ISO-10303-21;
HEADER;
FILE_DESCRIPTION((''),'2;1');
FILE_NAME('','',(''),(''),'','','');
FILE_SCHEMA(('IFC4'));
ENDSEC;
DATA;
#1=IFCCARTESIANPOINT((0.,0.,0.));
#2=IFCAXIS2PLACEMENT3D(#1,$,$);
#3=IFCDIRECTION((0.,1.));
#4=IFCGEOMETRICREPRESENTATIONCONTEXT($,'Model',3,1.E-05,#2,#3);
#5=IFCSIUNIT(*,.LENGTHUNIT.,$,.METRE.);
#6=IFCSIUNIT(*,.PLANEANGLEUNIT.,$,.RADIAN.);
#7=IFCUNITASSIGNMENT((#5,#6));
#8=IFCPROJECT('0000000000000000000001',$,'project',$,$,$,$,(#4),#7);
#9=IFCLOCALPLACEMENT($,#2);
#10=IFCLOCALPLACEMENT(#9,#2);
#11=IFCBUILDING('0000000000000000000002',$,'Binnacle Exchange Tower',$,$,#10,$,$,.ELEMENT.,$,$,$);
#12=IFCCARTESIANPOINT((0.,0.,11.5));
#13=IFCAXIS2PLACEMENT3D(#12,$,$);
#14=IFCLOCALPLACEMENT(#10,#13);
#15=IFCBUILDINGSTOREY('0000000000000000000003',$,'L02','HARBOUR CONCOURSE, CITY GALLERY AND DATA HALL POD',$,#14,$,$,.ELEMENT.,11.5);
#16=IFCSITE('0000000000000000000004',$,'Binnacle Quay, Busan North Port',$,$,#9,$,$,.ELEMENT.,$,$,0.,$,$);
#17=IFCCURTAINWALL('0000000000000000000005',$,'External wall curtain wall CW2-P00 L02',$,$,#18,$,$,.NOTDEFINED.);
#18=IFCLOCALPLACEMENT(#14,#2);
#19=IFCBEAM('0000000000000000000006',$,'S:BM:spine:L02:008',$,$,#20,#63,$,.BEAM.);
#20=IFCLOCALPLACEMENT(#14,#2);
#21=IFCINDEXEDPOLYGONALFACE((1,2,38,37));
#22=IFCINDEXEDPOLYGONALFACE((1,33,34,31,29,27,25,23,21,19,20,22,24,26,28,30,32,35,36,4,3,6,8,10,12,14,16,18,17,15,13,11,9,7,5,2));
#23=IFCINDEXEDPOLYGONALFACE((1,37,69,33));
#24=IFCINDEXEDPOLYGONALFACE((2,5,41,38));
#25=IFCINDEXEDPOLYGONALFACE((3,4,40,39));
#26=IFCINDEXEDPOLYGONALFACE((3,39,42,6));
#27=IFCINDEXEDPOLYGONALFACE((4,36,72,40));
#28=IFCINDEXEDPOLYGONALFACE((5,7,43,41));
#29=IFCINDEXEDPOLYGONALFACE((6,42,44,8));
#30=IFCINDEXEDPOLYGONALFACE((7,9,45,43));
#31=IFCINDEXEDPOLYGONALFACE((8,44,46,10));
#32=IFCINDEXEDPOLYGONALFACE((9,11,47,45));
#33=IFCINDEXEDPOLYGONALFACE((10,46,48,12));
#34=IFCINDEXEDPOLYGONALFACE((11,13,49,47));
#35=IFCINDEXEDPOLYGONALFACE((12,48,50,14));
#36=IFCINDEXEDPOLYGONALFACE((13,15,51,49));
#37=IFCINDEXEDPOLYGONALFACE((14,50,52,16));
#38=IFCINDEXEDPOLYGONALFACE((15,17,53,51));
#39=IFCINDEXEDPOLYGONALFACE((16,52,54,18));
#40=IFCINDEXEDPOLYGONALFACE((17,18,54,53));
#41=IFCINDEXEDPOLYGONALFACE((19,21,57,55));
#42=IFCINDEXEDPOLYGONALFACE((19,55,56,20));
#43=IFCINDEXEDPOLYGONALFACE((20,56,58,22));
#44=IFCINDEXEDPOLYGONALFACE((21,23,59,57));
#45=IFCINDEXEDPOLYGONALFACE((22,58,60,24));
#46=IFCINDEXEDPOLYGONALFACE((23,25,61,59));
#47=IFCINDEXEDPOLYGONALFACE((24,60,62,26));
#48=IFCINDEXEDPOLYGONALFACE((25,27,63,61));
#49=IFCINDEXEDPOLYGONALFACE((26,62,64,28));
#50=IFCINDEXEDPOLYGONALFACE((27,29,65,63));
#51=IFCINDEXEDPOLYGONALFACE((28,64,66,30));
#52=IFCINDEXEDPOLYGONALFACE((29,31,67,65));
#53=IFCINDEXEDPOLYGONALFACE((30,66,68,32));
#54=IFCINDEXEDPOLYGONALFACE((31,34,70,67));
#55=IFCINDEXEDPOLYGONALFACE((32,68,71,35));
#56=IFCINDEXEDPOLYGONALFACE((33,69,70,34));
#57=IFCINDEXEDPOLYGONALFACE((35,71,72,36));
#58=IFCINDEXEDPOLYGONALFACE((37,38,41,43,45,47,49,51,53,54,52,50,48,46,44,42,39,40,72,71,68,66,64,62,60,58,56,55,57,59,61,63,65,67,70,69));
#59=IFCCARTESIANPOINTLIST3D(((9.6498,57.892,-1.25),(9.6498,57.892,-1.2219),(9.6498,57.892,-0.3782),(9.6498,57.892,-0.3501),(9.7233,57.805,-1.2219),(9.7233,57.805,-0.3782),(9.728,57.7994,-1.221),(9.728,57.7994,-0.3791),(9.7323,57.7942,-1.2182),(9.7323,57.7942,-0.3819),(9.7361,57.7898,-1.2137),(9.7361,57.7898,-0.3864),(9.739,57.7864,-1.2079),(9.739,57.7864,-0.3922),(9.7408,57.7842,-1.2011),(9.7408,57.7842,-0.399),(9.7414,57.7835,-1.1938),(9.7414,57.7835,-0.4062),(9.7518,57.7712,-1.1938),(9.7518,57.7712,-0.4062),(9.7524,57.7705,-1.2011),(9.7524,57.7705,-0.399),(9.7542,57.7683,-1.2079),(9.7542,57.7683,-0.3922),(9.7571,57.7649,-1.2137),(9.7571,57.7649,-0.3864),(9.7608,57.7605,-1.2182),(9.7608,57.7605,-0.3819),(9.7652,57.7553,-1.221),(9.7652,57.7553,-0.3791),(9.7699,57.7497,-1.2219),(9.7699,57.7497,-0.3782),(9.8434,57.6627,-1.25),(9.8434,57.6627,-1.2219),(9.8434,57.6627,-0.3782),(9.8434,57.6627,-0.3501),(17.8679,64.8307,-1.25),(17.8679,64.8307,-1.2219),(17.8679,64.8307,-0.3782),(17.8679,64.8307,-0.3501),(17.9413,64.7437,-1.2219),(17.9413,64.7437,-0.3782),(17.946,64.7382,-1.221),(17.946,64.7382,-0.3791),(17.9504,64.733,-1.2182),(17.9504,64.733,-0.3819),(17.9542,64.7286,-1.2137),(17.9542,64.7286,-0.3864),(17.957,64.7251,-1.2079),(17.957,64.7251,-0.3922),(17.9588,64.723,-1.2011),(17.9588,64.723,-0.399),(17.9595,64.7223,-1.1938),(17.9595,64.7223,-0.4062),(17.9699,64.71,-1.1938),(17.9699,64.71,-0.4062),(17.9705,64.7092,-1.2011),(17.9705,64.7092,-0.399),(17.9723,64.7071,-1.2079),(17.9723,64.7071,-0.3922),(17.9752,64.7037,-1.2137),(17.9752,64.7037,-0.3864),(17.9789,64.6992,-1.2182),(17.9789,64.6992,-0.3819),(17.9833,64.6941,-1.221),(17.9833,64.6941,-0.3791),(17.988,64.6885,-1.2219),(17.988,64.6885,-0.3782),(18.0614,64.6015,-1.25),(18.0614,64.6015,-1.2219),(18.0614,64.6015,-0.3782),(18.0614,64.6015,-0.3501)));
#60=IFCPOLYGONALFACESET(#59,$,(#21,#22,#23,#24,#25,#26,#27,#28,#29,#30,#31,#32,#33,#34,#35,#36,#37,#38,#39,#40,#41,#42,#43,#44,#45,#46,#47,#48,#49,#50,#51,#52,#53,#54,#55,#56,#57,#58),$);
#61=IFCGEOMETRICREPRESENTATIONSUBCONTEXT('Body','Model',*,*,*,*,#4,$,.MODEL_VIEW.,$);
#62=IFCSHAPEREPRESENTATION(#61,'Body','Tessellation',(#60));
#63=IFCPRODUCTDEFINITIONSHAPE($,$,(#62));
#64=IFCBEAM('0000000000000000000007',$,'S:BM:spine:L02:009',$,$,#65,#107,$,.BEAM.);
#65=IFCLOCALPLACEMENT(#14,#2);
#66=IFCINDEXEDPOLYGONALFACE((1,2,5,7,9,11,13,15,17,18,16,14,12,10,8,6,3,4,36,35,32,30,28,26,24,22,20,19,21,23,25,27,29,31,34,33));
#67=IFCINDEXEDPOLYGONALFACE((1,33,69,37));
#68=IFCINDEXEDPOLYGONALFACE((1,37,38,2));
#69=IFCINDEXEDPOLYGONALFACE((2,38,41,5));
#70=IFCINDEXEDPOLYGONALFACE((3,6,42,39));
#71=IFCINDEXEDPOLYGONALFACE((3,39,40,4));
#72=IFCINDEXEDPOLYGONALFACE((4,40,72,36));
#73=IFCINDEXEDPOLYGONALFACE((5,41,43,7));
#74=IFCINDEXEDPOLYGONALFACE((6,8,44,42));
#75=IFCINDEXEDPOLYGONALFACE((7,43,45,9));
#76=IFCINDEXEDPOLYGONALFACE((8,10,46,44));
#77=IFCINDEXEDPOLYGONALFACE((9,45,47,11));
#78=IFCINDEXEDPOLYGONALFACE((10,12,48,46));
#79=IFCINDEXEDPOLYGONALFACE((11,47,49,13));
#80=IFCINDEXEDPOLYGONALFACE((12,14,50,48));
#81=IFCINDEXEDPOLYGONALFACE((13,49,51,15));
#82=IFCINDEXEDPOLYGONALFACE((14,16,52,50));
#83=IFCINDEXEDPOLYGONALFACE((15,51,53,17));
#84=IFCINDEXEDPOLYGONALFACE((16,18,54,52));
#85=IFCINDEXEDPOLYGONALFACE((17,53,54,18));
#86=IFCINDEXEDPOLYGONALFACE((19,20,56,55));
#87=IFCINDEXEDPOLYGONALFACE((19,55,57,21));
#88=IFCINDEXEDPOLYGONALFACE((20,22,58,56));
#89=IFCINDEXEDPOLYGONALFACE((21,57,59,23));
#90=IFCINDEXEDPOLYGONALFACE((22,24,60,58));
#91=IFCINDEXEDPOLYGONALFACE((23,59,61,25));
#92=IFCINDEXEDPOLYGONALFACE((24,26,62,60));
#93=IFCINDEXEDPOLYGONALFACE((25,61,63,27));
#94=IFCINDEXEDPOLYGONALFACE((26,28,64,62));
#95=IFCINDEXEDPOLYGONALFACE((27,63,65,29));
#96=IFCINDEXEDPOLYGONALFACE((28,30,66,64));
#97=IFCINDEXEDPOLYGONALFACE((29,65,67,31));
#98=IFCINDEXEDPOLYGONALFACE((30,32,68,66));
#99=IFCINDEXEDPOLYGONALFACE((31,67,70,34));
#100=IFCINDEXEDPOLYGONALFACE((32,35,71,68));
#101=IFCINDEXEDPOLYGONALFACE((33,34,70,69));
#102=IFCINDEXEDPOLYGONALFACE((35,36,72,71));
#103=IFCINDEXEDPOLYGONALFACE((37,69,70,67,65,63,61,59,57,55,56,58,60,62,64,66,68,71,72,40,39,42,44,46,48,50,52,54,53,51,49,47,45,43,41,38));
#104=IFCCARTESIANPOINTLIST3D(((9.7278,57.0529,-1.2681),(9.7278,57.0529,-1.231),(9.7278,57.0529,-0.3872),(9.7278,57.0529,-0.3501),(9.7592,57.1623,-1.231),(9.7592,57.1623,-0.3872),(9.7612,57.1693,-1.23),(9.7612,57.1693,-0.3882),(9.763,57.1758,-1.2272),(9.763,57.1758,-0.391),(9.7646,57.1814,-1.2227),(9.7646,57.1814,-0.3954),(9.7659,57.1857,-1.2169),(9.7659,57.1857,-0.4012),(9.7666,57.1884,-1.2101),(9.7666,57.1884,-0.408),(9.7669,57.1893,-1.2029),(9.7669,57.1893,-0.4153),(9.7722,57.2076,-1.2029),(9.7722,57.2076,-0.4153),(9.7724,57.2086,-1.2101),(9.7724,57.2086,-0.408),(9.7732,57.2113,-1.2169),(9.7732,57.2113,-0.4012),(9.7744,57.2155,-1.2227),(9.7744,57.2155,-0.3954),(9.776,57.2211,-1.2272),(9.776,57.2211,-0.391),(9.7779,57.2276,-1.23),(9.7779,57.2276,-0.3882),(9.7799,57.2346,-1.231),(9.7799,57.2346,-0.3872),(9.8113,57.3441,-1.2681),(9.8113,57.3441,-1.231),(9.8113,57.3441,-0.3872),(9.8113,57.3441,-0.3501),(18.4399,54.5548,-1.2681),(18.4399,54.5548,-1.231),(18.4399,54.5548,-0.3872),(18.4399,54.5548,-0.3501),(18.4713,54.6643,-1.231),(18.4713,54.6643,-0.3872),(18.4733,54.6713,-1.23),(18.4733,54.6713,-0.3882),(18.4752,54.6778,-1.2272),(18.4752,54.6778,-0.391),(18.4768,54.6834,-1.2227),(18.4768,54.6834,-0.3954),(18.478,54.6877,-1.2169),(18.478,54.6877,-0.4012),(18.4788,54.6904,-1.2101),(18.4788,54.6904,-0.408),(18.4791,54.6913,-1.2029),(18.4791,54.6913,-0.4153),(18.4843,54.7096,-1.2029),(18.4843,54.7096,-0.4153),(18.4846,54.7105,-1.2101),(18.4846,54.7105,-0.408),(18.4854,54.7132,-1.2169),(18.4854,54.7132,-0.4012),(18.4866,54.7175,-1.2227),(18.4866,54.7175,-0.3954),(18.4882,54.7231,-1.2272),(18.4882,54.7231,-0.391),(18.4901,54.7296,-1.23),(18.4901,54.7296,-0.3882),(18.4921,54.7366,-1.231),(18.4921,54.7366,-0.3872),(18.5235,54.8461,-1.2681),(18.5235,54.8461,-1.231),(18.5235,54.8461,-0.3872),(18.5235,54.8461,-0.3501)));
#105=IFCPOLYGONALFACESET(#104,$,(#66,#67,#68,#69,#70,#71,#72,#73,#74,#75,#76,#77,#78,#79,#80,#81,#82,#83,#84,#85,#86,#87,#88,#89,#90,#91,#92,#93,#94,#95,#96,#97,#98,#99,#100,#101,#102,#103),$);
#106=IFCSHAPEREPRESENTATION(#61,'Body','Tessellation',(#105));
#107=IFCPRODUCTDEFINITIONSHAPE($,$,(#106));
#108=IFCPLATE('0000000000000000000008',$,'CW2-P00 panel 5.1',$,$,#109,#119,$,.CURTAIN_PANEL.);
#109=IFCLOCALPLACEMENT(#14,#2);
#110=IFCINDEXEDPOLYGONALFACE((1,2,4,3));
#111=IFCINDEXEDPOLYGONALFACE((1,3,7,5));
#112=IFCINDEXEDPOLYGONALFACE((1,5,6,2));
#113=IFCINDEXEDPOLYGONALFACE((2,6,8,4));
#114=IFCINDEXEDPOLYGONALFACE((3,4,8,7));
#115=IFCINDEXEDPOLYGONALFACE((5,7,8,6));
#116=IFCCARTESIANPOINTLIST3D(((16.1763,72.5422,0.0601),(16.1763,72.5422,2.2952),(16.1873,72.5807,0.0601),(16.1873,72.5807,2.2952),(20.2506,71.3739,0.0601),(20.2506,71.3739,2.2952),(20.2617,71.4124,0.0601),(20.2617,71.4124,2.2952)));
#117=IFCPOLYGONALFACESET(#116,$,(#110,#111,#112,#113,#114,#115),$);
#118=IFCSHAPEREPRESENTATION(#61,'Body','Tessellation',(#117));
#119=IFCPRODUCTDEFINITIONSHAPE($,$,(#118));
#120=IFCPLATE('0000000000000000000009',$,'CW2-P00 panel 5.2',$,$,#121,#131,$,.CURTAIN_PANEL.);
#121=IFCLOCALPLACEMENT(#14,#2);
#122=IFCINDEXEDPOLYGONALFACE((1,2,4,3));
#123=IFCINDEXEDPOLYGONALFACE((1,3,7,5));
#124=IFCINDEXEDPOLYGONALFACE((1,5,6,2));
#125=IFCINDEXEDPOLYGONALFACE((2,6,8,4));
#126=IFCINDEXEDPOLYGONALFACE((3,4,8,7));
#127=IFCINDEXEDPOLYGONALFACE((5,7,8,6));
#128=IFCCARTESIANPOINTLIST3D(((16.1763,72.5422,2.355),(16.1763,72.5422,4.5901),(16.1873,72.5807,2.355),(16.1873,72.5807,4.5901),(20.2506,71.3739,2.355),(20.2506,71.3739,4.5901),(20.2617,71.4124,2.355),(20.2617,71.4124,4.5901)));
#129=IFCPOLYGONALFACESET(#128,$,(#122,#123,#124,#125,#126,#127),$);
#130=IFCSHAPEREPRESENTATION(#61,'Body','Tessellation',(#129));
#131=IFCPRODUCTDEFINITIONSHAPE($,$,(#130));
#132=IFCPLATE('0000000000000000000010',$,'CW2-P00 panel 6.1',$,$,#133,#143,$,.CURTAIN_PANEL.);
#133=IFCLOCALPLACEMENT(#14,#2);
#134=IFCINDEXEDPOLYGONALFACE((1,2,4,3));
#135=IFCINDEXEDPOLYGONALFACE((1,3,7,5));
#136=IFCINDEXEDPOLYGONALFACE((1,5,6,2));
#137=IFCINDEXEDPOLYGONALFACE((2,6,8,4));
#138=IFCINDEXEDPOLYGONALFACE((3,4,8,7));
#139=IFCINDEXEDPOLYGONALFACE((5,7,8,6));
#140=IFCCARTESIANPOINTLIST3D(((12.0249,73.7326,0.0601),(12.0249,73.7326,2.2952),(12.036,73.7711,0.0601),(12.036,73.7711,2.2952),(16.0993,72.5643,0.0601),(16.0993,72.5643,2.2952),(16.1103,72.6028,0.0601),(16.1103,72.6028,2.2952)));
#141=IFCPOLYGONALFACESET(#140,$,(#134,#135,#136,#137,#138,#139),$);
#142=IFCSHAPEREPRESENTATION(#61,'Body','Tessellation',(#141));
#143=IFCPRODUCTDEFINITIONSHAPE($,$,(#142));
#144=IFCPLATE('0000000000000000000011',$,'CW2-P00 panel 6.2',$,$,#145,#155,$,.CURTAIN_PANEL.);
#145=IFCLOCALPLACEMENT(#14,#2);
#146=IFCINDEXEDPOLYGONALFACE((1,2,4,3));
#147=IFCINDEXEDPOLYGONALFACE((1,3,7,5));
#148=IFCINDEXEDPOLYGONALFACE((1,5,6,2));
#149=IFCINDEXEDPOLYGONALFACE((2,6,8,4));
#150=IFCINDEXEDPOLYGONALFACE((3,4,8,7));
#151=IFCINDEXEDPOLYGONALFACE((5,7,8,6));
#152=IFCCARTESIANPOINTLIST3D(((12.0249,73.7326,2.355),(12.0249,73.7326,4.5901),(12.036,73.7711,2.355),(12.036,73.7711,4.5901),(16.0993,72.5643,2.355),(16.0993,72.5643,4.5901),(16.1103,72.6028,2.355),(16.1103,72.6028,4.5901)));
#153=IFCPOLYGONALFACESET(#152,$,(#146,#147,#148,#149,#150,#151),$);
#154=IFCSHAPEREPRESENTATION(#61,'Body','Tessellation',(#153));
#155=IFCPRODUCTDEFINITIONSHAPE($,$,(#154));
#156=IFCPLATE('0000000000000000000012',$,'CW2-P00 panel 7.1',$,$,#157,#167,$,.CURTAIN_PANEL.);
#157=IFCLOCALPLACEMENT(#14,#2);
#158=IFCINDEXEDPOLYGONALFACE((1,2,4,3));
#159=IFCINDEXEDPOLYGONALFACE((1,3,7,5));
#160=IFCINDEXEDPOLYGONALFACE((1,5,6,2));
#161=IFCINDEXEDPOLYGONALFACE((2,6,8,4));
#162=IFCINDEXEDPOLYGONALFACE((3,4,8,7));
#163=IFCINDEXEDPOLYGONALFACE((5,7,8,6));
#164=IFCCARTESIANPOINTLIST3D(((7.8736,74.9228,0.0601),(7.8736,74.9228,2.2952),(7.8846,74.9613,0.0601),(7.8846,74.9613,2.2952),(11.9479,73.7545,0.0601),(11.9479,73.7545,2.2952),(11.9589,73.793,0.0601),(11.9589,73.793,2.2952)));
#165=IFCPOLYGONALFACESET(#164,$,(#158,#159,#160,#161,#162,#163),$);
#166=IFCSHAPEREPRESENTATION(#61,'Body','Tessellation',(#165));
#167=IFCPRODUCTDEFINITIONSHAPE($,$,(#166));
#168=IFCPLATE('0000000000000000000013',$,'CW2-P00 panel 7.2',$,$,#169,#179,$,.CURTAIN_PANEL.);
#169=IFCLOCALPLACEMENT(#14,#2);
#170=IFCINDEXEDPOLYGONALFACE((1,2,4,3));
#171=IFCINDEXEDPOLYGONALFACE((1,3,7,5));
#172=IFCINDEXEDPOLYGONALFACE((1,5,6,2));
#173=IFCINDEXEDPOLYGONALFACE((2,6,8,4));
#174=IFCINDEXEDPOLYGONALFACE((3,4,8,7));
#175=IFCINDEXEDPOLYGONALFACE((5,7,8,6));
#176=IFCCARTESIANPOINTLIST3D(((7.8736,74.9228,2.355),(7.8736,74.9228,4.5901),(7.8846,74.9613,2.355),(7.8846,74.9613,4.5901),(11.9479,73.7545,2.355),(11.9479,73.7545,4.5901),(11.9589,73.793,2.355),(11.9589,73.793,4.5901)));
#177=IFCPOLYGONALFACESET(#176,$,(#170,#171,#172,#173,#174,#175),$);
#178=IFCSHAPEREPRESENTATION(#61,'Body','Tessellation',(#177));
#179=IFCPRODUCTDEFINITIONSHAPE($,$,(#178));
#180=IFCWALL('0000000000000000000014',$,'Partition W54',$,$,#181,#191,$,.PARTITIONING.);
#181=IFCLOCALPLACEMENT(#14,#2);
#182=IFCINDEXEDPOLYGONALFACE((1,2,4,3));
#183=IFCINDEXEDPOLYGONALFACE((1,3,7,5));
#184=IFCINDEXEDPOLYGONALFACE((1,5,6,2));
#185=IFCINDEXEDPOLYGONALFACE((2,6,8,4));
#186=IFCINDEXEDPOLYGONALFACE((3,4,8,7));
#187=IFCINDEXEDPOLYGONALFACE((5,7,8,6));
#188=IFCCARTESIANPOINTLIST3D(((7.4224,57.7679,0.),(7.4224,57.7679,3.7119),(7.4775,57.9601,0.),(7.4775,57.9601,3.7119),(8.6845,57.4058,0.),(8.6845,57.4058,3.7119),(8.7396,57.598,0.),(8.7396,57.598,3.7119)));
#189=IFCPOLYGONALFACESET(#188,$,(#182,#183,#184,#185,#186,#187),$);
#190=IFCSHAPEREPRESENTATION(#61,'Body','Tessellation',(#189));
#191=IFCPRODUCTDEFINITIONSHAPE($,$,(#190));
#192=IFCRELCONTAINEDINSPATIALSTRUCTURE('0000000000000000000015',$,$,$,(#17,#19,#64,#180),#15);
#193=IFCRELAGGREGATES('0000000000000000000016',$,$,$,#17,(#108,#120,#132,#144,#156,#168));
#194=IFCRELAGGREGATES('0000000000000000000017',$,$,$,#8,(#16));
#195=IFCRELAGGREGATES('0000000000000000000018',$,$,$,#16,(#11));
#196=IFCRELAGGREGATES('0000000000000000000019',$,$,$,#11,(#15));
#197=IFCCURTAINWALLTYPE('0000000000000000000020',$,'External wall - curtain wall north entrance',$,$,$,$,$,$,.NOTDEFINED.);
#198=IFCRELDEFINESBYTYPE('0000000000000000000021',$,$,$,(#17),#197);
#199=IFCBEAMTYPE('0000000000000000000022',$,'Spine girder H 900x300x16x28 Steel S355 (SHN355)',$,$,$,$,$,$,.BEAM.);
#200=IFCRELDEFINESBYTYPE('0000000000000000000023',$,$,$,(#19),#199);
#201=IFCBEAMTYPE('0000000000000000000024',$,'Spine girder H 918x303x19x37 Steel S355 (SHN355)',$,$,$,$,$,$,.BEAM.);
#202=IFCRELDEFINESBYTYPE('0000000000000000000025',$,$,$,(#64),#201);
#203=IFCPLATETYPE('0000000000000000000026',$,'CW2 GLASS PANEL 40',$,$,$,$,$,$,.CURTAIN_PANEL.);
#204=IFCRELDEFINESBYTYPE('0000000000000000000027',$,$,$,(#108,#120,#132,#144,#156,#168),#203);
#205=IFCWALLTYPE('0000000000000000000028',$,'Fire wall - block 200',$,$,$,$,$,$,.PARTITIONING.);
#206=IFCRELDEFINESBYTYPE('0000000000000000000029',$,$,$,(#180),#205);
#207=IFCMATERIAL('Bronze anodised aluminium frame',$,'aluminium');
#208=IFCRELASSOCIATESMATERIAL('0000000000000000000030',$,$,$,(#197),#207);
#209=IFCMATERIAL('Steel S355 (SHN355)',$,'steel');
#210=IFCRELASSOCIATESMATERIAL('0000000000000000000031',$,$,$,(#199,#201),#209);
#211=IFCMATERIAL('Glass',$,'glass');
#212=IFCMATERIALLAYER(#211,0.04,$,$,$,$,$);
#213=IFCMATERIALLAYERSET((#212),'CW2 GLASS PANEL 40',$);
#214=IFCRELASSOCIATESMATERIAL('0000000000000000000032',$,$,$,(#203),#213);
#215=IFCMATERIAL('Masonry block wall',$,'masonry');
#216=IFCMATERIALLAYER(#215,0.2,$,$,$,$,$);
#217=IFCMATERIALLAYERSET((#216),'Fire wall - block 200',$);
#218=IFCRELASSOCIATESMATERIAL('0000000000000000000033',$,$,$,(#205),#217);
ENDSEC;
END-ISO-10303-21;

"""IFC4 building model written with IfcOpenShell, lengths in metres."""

from ifc_helpers import new_model, si_unit, direction, frame, frame_2d, origin, origin_2d, place, context, subcontext, project, spatial, rectangle, i_section, extrude, material, layer, layer_set, material_profile, profile_set, type_object, element, aggregate, save


model = new_model("IFC4")

# Units and contexts
model_context = context("Model", 3, precision=1e-05, world=origin(), true_north=direction((0.0, 1.0)))
body_context = subcontext(model_context, "Body", "Model", "MODEL_VIEW")
ifc_project = project(units=[si_unit("LENGTHUNIT", "METRE"), si_unit("PLANEANGLEUNIT", "RADIAN")], contexts=[model_context])

# Site, building, storey
site_placement = place(None, origin())
site = spatial("IfcSite", under=ifc_project, at=site_placement, Name="Binnacle Quay, Busan North Port", CompositionType="ELEMENT", RefElevation=0.0)
building_placement = place(site_placement, origin())
building = spatial("IfcBuilding", under=site, at=building_placement, Name="Binnacle Exchange Tower", CompositionType="ELEMENT")
storey_placement = place(building_placement, frame((0.0, 0.0, 11.5)))
storey = spatial("IfcBuildingStorey", under=building, at=storey_placement, Name="L02", Description="HARBOUR CONCOURSE, CITY GALLERY AND DATA HALL POD", CompositionType="ELEMENT", Elevation=11.5)

# Curtain wall
ifc_material_1 = material(Name="Bronze anodised aluminium frame", Category="aluminium")
curtain_wall_type = type_object("IfcCurtainWallType", Name="External wall - curtain wall north entrance", PredefinedType="NOTDEFINED", material=ifc_material_1)
curtain_wall_placement = place(storey_placement, origin())
curtain_wall = element("IfcCurtainWall", 1, at=curtain_wall_placement, inside=storey, type_object=curtain_wall_type, Name="External wall curtain wall CW2-P00 L02", PredefinedType="NOTDEFINED")

# Beams
ifc_material_2 = material(Name="Steel S355 (SHN355)", Category="steel")
ifc_material_profile_1 = material_profile(ifc_material_2, i_section(OverallWidth=0.3, OverallDepth=0.8999, WebThickness=0.0161, FlangeThickness=0.0281, FilletRadius=0.0281, at=origin_2d()), Name="H 900x300x16x28")
ifc_profile_set_1 = profile_set([ifc_material_profile_1], Name="Steel S355 (SHN355)")
beam_type_1 = type_object("IfcBeamType", Name="Spine girder H 900x300x16x28 Steel S355 (SHN355)", PredefinedType="BEAM", material=ifc_profile_set_1)
beam_1_placement = place(storey_placement, frame((9.7466, 57.7773, -0.8), z_axis=(0.764073, 0.64513, 0.0), x_axis=(-0.64513, 0.764073, 0.0)))
element("IfcBeam", 2, at=beam_1_placement, inside=storey, type_object=beam_type_1, Name="S:BM:spine:L02:008", PredefinedType="BEAM", context=body_context, shape_type="SweptSolid", body=[
    extrude(i_section(OverallWidth=0.3, OverallDepth=0.8999, WebThickness=0.0161, FlangeThickness=0.0281, FilletRadius=0.0281, at=origin_2d()), origin(), (0.0, 0.0, 1.0), 10.7556),
])
ifc_material_profile_2 = material_profile(ifc_material_2, i_section(OverallWidth=0.303, OverallDepth=0.918, WebThickness=0.019, FlangeThickness=0.0371, FilletRadius=0.0281, at=origin_2d()), Name="H 918x303x19x37")
ifc_profile_set_2 = profile_set([ifc_material_profile_2], Name="Steel S355 (SHN355)")
beam_type_2 = type_object("IfcBeamType", Name="Spine girder H 918x303x19x37 Steel S355 (SHN355)", PredefinedType="BEAM", material=ifc_profile_set_2)
beam_2_placement = place(storey_placement, frame((9.7695, 57.1985, -0.8091), z_axis=(0.961265, -0.275625, 0.0), x_axis=(0.275625, 0.961265, 0.0)))
element("IfcBeam", 3, at=beam_2_placement, inside=storey, type_object=beam_type_2, Name="S:BM:spine:L02:009", PredefinedType="BEAM", context=body_context, shape_type="SweptSolid", body=[
    extrude(i_section(OverallWidth=0.303, OverallDepth=0.918, WebThickness=0.019, FlangeThickness=0.0371, FilletRadius=0.0281, at=origin_2d()), origin(), (0.0, 0.0, 1.0), 9.0632),
])

# Plates
ifc_material_3 = material(Name="Glass", Category="glass")
ifc_layer_1 = layer(ifc_material_3, 0.04)
ifc_layer_set_1 = layer_set([ifc_layer_1], Name="CW2 GLASS PANEL 40")
plate_type = type_object("IfcPlateType", Name="CW2 GLASS PANEL 40", PredefinedType="CURTAIN_PANEL", material=ifc_layer_set_1)
plate_1_placement = place(storey_placement, frame((18.219, 71.9773, 0.0601), z_axis=(0.0, 0.0, 1.0), x_axis=(-0.961262, 0.275637, 0.0)))
plate_1 = element("IfcPlate", 4, at=plate_1_placement, type_object=plate_type, Name="CW2-P00 panel 5.1", PredefinedType="CURTAIN_PANEL", context=body_context, shape_type="SweptSolid", body=[
    extrude(rectangle(XDim=4.2385, YDim=0.04, at=origin_2d()), origin(), (0.0, 0.0, 1.0), 2.2351),
])
plate_2_placement = place(storey_placement, frame((18.219, 71.9773, 2.355), z_axis=(0.0, 0.0, 1.0), x_axis=(-0.961262, 0.275637, 0.0)))
plate_2 = element("IfcPlate", 5, at=plate_2_placement, type_object=plate_type, Name="CW2-P00 panel 5.2", PredefinedType="CURTAIN_PANEL", context=body_context, shape_type="SweptSolid", body=[
    extrude(rectangle(XDim=4.2385, YDim=0.04, at=origin_2d()), origin(), (0.0, 0.0, 1.0), 2.2351),
])
plate_3_placement = place(storey_placement, frame((14.0676, 73.1677, 0.0601), z_axis=(0.0, 0.0, 1.0), x_axis=(-0.961262, 0.275637, 0.0)))
plate_3 = element("IfcPlate", 6, at=plate_3_placement, type_object=plate_type, Name="CW2-P00 panel 6.1", PredefinedType="CURTAIN_PANEL", context=body_context, shape_type="SweptSolid", body=[
    extrude(rectangle(XDim=4.2385, YDim=0.04, at=origin_2d()), origin(), (0.0, 0.0, 1.0), 2.2351),
])
plate_4_placement = place(storey_placement, frame((14.0676, 73.1677, 2.355), z_axis=(0.0, 0.0, 1.0), x_axis=(-0.961262, 0.275637, 0.0)))
plate_4 = element("IfcPlate", 7, at=plate_4_placement, type_object=plate_type, Name="CW2-P00 panel 6.2", PredefinedType="CURTAIN_PANEL", context=body_context, shape_type="SweptSolid", body=[
    extrude(rectangle(XDim=4.2385, YDim=0.04, at=origin_2d()), origin(), (0.0, 0.0, 1.0), 2.2351),
])
plate_5_placement = place(storey_placement, frame((9.9163, 74.3579, 0.0601), z_axis=(0.0, 0.0, 1.0), x_axis=(-0.961262, 0.275637, 0.0)))
plate_5 = element("IfcPlate", 8, at=plate_5_placement, type_object=plate_type, Name="CW2-P00 panel 7.1", PredefinedType="CURTAIN_PANEL", context=body_context, shape_type="SweptSolid", body=[
    extrude(rectangle(XDim=4.2385, YDim=0.04, at=origin_2d()), origin(), (0.0, 0.0, 1.0), 2.2351),
])
plate_6_placement = place(storey_placement, frame((9.9163, 74.3579, 2.355), z_axis=(0.0, 0.0, 1.0), x_axis=(-0.961262, 0.275637, 0.0)))
plate_6 = element("IfcPlate", 9, at=plate_6_placement, type_object=plate_type, Name="CW2-P00 panel 7.2", PredefinedType="CURTAIN_PANEL", context=body_context, shape_type="SweptSolid", body=[
    extrude(rectangle(XDim=4.2385, YDim=0.04, at=origin_2d()), origin(), (0.0, 0.0, 1.0), 2.2351),
])
aggregate(curtain_wall, [plate_1, plate_2, plate_3, plate_4, plate_5, plate_6])

# Wall
ifc_material_4 = material(Name="Masonry block wall", Category="masonry")
ifc_layer_2 = layer(ifc_material_4, 0.2)
ifc_layer_set_2 = layer_set([ifc_layer_2], Name="Fire wall - block 200")
wall_type_1 = type_object("IfcWallType", Name="Fire wall - block 200", PredefinedType="PARTITIONING", material=ifc_layer_set_2)
wall_1_placement = place(storey_placement, frame((7.45, 57.864, 0.0), z_axis=(0.0, 0.0, 1.0), x_axis=(0.961222, -0.275777, 0.0)))
element("IfcWall", 10, at=wall_1_placement, inside=storey, type_object=wall_type_1, Name="Partition W54", PredefinedType="PARTITIONING", context=body_context, shape_type="SweptSolid", body=[
    extrude(rectangle(XDim=1.313, YDim=0.2, at=frame_2d((0.6565, 0.0))), origin(), (0.0, 0.0, 1.0), 3.7119),
])

save(model, "model.ifc")
